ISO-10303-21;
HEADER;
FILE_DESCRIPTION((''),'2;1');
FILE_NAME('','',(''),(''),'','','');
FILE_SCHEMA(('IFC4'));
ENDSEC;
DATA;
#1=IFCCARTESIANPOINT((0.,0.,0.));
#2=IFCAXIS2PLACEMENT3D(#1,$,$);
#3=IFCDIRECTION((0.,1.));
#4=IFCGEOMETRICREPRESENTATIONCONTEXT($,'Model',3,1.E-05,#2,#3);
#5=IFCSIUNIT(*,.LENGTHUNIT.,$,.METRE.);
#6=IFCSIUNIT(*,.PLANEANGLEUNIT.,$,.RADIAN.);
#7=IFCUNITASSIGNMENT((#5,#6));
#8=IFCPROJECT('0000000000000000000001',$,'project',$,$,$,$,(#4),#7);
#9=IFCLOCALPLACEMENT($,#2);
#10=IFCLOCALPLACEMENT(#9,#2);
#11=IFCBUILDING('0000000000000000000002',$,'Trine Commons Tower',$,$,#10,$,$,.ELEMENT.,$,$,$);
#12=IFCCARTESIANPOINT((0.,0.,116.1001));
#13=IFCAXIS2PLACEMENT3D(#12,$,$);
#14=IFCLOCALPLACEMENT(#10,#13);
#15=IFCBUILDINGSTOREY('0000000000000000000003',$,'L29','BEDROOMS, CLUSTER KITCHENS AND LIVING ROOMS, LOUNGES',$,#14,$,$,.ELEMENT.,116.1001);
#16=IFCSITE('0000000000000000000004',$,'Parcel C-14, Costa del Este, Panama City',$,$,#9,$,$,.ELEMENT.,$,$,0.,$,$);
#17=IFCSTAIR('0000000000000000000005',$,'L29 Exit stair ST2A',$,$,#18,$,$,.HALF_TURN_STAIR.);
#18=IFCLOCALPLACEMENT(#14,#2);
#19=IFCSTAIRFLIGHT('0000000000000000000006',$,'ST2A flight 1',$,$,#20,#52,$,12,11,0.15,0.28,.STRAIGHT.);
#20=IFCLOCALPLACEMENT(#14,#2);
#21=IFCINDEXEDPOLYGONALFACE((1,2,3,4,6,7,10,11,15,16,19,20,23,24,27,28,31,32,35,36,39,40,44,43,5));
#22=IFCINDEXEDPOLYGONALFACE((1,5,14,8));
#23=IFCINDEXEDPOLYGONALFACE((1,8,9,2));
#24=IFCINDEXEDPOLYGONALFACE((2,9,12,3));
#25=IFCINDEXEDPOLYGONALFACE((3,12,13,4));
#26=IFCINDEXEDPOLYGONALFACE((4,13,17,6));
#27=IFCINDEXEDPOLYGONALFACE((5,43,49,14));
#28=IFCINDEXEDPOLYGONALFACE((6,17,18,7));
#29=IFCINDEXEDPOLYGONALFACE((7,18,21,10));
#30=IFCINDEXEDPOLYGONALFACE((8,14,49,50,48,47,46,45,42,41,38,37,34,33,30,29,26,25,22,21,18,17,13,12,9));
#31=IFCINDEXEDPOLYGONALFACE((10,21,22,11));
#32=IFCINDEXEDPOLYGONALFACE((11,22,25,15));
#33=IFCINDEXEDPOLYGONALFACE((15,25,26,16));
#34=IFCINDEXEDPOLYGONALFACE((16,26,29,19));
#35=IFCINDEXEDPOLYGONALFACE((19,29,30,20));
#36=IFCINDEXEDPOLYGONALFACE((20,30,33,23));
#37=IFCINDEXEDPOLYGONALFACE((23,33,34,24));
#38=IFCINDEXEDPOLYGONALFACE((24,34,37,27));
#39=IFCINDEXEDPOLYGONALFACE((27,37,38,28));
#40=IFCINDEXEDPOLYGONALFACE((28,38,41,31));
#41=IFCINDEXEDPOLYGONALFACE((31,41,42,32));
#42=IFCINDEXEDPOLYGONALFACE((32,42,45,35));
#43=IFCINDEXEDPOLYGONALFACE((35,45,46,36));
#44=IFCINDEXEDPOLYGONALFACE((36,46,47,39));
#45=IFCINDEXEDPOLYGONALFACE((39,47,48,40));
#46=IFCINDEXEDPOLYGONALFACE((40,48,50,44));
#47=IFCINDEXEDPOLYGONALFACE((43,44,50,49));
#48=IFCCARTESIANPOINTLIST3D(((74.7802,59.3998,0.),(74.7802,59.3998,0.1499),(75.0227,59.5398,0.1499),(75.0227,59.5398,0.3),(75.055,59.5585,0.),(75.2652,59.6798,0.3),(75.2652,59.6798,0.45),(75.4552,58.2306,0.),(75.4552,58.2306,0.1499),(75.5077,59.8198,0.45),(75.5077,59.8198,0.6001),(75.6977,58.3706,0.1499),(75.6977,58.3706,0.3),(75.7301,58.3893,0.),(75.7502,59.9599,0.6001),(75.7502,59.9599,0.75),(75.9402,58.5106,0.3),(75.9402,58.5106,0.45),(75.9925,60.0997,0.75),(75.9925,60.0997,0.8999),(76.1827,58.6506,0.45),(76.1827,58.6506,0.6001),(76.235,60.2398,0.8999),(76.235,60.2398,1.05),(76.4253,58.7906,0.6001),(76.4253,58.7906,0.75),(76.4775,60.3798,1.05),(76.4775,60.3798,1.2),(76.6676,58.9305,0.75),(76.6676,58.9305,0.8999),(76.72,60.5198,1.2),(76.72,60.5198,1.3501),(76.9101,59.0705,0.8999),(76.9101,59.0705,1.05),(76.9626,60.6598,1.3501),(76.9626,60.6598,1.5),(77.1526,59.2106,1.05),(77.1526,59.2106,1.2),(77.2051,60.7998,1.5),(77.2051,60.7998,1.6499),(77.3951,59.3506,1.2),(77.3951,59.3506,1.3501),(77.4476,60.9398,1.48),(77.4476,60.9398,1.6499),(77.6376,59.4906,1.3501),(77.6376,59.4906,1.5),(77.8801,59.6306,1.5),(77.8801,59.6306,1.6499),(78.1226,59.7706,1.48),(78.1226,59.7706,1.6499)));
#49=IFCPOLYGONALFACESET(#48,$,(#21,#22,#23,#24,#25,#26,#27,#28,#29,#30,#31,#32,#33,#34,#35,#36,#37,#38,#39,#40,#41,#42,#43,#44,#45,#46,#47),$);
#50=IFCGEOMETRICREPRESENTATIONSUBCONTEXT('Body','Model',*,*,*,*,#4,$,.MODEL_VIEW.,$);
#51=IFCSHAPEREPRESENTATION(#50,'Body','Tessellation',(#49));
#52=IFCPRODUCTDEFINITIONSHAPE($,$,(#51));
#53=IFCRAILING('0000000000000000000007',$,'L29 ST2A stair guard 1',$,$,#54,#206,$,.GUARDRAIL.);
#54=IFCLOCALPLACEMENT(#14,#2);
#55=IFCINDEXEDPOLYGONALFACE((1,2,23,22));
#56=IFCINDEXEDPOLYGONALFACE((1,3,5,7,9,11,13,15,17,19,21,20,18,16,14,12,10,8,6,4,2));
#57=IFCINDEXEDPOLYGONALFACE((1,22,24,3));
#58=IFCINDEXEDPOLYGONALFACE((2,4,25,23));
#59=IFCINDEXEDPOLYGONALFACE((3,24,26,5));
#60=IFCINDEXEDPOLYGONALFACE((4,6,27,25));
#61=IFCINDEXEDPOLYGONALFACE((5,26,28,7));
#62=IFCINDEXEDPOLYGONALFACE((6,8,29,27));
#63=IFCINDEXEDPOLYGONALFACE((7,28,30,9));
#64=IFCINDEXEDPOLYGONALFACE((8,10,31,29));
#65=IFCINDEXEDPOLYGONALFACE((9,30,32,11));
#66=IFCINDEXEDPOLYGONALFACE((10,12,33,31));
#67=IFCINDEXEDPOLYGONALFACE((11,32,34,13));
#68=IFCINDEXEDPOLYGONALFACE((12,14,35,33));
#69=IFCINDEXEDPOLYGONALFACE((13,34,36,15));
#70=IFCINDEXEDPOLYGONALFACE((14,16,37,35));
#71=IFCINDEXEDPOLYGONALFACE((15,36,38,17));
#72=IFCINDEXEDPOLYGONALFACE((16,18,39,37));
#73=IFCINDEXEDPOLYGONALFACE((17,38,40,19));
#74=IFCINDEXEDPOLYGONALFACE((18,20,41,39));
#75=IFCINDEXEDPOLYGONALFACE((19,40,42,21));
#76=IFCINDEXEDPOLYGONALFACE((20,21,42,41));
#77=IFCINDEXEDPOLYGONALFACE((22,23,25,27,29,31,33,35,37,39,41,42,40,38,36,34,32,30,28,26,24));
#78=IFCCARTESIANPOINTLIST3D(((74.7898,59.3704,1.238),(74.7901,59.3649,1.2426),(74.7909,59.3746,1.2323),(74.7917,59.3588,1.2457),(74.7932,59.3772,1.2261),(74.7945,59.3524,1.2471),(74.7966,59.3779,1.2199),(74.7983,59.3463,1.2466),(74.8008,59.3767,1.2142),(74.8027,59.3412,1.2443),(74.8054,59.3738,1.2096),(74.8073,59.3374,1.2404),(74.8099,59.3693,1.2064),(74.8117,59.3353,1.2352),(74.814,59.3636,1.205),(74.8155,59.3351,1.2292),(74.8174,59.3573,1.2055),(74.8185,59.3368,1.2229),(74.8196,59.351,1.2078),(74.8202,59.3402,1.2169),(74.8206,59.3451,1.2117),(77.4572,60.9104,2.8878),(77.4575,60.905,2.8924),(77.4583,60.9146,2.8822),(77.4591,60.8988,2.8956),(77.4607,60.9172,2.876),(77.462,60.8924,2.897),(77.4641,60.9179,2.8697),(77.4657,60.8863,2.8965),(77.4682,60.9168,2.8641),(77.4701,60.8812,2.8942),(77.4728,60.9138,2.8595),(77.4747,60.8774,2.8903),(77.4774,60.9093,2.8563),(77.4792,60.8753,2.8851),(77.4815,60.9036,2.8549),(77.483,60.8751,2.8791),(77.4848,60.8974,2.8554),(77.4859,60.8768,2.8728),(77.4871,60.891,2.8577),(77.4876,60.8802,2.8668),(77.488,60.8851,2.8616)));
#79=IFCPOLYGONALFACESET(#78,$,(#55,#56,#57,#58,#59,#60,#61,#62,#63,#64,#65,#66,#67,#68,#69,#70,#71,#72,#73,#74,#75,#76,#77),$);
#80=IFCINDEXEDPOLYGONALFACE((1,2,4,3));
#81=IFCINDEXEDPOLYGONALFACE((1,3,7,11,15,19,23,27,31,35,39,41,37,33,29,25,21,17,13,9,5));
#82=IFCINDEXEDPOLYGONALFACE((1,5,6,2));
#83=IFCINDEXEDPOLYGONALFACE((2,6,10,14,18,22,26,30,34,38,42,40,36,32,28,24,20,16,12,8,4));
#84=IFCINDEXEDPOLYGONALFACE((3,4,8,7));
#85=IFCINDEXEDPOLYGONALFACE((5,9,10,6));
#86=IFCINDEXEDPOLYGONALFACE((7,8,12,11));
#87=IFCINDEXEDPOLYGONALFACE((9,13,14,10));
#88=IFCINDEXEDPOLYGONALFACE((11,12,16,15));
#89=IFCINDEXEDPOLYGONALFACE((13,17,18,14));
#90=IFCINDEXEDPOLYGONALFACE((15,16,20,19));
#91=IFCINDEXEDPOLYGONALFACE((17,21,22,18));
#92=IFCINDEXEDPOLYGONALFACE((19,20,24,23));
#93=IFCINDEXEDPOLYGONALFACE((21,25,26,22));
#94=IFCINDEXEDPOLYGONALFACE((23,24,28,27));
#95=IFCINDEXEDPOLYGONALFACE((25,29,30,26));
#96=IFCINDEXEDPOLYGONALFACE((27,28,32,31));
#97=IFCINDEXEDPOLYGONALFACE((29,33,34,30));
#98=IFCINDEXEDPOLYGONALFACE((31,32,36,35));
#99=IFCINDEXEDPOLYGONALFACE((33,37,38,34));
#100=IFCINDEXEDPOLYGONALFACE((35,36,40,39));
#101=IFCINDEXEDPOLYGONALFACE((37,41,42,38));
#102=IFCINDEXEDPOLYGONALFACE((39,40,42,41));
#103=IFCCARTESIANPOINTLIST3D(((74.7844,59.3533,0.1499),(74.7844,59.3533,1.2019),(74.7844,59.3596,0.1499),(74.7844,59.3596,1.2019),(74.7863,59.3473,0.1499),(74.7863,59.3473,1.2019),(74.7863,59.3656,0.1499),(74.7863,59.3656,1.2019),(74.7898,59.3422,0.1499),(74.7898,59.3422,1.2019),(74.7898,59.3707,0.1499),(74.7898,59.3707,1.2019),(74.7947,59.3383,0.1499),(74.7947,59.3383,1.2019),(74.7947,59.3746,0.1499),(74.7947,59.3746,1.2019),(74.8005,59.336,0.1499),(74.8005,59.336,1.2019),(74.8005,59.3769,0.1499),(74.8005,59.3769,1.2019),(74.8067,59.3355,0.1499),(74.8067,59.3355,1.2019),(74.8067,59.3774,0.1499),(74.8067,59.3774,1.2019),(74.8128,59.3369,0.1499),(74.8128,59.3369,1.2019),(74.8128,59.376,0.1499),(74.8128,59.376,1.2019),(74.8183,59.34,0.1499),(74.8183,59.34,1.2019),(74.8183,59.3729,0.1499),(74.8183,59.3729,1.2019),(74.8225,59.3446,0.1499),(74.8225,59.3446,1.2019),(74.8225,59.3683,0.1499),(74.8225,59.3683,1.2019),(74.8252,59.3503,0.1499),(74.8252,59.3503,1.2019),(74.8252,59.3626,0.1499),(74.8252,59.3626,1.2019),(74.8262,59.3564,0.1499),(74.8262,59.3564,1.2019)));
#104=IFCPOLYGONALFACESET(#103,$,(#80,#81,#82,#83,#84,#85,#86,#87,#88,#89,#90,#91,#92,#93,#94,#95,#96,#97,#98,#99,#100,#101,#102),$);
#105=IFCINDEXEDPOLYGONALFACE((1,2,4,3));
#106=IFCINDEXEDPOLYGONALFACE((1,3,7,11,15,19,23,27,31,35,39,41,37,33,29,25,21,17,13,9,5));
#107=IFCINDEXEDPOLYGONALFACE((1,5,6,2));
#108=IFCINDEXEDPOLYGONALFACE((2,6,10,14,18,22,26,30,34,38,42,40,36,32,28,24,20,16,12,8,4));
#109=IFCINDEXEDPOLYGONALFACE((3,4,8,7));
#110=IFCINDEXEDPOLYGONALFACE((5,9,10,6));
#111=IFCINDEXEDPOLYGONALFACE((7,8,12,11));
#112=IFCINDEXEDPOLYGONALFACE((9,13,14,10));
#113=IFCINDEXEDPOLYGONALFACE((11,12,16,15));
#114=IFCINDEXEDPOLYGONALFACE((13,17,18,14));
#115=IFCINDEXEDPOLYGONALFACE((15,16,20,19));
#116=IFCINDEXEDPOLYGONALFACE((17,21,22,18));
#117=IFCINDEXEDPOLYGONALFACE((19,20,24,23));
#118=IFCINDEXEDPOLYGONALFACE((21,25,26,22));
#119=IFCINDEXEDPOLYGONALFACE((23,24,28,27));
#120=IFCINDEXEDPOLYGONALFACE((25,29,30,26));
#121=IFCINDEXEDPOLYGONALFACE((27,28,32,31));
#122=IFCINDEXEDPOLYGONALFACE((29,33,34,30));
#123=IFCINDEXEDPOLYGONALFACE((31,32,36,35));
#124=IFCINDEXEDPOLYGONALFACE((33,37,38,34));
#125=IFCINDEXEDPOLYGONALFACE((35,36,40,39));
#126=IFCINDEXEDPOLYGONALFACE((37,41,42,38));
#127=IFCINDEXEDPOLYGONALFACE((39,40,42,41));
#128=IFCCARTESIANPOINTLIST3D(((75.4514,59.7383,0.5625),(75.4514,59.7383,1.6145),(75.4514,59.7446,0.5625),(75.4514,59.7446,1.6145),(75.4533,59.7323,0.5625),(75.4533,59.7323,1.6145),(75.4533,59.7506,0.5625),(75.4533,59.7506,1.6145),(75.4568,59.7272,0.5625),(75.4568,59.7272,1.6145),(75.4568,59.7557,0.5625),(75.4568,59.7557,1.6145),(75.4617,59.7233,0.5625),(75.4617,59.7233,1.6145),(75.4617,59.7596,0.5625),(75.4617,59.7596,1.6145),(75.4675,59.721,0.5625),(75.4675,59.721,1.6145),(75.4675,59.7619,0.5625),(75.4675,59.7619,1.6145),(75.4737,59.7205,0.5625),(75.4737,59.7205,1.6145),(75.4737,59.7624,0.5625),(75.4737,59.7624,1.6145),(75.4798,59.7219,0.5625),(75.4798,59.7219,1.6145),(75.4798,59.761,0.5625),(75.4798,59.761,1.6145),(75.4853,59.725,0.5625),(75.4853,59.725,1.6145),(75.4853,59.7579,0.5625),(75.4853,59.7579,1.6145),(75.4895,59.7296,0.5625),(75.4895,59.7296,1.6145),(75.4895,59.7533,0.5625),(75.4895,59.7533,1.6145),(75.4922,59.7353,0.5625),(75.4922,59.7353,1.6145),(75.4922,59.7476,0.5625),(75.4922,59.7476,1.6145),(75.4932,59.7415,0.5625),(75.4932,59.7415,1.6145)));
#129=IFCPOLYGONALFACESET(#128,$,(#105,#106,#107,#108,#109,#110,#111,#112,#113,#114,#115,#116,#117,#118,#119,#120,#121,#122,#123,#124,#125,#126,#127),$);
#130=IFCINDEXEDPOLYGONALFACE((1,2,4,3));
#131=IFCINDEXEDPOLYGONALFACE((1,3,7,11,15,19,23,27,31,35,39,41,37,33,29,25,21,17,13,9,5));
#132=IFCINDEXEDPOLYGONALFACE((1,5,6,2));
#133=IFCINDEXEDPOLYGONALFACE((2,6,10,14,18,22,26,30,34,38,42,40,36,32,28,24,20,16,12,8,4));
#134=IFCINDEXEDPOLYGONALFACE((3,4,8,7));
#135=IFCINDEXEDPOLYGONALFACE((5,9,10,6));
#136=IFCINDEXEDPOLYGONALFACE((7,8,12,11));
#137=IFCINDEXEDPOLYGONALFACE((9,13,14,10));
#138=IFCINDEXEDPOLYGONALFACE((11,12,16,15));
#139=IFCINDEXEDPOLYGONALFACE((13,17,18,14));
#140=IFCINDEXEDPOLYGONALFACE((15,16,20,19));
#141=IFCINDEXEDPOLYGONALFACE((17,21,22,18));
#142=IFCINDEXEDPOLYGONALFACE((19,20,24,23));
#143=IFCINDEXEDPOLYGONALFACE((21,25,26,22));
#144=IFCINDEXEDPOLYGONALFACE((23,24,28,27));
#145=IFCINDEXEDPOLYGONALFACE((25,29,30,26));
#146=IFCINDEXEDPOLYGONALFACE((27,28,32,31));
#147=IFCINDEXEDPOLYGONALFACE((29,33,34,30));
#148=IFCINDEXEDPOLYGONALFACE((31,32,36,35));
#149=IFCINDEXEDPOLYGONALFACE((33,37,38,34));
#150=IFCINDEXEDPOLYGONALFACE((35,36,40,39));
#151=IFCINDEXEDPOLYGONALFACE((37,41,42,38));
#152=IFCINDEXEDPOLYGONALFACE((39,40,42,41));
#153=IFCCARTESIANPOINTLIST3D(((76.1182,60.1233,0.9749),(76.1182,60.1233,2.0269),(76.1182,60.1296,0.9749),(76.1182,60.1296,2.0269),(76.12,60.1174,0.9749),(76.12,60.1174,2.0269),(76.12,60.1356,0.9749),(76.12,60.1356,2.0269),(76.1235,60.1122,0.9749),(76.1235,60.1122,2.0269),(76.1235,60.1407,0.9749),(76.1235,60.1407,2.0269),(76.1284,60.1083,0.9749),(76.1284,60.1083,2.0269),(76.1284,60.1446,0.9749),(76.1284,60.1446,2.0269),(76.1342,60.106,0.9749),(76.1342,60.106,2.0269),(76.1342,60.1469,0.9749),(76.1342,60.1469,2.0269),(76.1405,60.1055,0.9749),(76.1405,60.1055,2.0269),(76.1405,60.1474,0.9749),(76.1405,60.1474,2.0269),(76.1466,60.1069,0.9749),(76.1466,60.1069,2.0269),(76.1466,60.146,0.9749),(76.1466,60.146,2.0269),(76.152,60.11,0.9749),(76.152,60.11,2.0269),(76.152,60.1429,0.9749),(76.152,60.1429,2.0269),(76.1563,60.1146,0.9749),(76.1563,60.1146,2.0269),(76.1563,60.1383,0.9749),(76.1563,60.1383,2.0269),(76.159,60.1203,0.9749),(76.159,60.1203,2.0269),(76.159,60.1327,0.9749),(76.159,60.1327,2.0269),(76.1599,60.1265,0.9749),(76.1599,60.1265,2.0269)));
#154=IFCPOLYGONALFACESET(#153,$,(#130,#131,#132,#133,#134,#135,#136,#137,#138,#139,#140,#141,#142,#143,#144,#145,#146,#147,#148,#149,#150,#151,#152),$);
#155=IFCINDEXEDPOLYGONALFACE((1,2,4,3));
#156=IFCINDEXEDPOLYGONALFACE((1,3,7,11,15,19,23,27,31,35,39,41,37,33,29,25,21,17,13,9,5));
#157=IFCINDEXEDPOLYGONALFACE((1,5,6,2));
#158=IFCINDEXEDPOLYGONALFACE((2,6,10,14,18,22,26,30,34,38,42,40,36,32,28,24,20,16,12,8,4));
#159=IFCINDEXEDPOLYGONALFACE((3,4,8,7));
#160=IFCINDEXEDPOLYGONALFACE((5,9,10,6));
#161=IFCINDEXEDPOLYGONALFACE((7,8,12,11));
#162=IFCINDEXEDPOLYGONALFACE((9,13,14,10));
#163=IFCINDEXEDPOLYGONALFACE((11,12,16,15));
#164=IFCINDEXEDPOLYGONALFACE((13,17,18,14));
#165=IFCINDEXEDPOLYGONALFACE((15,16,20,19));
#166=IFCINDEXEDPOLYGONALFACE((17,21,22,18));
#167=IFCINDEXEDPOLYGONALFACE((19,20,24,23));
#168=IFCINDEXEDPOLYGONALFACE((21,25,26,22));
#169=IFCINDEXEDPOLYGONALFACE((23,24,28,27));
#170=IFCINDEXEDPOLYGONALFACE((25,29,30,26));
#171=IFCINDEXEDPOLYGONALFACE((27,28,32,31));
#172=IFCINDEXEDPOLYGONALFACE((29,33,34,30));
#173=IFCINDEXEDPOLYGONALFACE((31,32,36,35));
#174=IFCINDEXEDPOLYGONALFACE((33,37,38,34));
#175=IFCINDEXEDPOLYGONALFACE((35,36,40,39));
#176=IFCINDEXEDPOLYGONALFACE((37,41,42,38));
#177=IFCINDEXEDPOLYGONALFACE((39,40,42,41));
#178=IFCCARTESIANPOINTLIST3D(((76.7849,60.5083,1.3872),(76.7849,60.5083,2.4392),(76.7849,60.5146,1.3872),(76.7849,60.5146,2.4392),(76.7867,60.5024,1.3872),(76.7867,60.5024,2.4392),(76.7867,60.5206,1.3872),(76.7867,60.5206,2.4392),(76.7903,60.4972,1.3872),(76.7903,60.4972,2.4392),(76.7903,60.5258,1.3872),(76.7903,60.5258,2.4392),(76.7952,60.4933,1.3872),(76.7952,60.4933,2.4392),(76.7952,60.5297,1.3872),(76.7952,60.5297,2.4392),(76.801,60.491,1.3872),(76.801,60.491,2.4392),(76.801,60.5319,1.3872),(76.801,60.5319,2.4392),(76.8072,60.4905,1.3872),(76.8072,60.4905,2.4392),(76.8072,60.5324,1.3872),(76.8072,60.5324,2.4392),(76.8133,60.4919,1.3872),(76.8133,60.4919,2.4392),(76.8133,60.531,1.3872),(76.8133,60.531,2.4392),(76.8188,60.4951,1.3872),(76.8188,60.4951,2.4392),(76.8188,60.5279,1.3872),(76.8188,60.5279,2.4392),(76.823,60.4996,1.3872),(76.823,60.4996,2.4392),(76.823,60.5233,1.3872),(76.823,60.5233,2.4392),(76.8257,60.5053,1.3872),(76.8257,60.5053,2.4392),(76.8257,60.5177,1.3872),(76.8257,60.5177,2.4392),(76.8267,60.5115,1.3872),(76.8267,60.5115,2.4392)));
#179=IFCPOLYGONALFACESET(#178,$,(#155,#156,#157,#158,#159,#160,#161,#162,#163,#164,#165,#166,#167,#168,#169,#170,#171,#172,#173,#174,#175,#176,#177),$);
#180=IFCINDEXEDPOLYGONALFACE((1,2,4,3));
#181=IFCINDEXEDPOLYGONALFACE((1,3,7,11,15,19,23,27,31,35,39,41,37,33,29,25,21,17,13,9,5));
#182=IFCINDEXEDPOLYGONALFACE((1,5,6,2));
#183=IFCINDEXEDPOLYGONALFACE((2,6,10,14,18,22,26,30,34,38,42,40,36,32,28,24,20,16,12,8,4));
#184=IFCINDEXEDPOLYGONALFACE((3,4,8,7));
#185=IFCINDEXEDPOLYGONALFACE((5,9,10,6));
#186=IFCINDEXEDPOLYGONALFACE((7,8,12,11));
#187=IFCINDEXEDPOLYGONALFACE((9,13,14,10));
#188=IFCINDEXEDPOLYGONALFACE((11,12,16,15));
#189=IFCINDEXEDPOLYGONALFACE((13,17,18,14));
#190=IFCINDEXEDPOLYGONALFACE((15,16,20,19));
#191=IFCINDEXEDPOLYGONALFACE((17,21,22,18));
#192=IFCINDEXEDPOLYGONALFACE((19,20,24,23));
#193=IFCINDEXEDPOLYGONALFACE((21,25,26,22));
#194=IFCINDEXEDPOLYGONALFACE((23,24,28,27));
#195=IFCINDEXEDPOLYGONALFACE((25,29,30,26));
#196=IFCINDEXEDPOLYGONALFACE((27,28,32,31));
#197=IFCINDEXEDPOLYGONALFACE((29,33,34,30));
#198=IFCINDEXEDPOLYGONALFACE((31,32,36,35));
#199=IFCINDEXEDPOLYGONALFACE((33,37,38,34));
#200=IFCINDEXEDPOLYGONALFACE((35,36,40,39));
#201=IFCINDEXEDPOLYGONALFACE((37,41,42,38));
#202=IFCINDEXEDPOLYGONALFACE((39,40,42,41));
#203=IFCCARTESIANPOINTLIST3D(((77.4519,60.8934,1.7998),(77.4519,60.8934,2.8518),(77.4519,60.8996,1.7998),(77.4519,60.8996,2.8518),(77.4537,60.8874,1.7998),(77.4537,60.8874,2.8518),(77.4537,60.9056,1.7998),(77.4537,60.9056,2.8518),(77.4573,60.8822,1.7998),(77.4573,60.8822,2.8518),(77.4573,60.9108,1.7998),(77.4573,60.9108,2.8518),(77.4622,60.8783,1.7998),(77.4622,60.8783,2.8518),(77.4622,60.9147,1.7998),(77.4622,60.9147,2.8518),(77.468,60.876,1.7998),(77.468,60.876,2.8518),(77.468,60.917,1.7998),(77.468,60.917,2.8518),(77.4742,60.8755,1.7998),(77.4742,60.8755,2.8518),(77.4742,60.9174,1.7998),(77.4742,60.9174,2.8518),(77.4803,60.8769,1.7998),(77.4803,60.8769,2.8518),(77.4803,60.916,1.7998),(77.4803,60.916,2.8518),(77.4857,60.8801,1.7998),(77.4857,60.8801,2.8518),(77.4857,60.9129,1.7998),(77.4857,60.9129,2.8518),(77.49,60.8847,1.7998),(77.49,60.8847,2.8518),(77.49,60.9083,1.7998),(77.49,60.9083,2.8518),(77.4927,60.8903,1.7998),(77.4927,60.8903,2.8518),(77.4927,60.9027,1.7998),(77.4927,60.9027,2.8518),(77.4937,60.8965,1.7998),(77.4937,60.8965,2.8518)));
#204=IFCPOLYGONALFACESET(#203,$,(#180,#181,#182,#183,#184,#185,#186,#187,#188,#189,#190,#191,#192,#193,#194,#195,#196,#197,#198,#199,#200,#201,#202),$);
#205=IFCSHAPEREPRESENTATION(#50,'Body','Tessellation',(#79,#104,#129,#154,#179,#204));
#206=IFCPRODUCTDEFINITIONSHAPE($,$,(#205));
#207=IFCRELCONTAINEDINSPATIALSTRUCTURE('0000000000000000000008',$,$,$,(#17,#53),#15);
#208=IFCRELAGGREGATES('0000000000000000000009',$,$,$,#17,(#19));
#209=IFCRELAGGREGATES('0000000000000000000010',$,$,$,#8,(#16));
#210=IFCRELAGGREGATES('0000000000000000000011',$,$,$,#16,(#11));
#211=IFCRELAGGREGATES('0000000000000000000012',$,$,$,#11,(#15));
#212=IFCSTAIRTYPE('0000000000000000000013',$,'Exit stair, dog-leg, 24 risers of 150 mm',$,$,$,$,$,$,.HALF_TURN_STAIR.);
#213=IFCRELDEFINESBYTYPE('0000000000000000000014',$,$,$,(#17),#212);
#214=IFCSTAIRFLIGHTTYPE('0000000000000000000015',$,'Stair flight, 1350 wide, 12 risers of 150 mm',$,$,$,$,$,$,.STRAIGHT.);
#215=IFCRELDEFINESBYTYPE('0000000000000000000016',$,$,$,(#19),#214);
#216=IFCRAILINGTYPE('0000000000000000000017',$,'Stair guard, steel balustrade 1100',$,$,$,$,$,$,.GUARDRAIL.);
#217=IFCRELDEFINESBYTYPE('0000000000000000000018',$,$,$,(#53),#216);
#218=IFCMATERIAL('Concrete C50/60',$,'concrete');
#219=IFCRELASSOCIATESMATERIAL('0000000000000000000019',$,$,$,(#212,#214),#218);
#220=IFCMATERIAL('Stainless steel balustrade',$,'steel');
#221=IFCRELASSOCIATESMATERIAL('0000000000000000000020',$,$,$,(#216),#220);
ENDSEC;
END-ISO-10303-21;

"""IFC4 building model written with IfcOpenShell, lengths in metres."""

from ifc_helpers import new_model, si_unit, direction, frame, origin, origin_2d, place, context, subcontext, project, spatial, polyline, circle, outline, extrude, material, type_object, element, aggregate, save


model = new_model("IFC4")

# Units and contexts
model_context = context("Model", 3, precision=1e-05, world=origin(), true_north=direction((0.0, 1.0)))
body_context = subcontext(model_context, "Body", "Model", "MODEL_VIEW")
ifc_project = project(units=[si_unit("LENGTHUNIT", "METRE"), si_unit("PLANEANGLEUNIT", "RADIAN")], contexts=[model_context])

# Site, building, storey
site_placement = place(None, origin())
site = spatial("IfcSite", under=ifc_project, at=site_placement, Name="Parcel C-14, Costa del Este, Panama City", CompositionType="ELEMENT", RefElevation=0.0)
building_placement = place(site_placement, origin())
building = spatial("IfcBuilding", under=site, at=building_placement, Name="Trine Commons Tower", CompositionType="ELEMENT")
storey_placement = place(building_placement, frame((0.0, 0.0, 116.1001)))
storey = spatial("IfcBuildingStorey", under=building, at=storey_placement, Name="L29", Description="BEDROOMS, CLUSTER KITCHENS AND LIVING ROOMS, LOUNGES", CompositionType="ELEMENT", Elevation=116.1001)

# Stair, stair flight
ifc_material_1 = material(Name="Concrete C50/60", Category="concrete")
stair_type = type_object("IfcStairType", Name="Exit stair, dog-leg, 24 risers of 150 mm", PredefinedType="HALF_TURN_STAIR", material=ifc_material_1)
stair_placement = place(storey_placement, origin())
stair = element("IfcStair", 1, at=stair_placement, inside=storey, type_object=stair_type, Name="L29 Exit stair ST2A", PredefinedType="HALF_TURN_STAIR")
stair_flight_type = type_object("IfcStairFlightType", Name="Stair flight, 1350 wide, 12 risers of 150 mm", PredefinedType="STRAIGHT", material=ifc_material_1)
stair_flight_placement = place(storey_placement, frame((75.1177, 58.8152, 0.0), z_axis=(0.0, 0.0, 1.0), x_axis=(0.866025, 0.5, 0.0)))
stair_flight = element("IfcStairFlight", 2, at=stair_flight_placement, type_object=stair_flight_type, Name="ST2A flight 1", NumberOfRisers=12, NumberOfTreads=11, PredefinedType="STRAIGHT", RiserHeight=0.15, TreadLength=0.28, context=body_context, shape_type="SweptSolid", body=[
    extrude(outline(polyline([(0.0, 0.0), (0.0, 0.1499), (0.28, 0.1499), (0.28, 0.3), (0.5601, 0.3), (0.5601, 0.45), (0.8401, 0.45), (0.8401, 0.6001), (1.1201, 0.6001), (1.1201, 0.75), (1.3999, 0.75), (1.3999, 0.8999), (1.6799, 0.8999), (1.6799, 1.05), (1.96, 1.05), (1.96, 1.2), (2.24, 1.2), (2.24, 1.3501), (2.52, 1.3501), (2.52, 1.5), (2.8, 1.5), (2.8, 1.6499), (3.0801, 1.6499), (3.0801, 1.8), (3.0801, 1.48), (0.3174, 0.0), (0.0, 0.0)])), frame((0.0, 0.675, 0.0), z_axis=(0.0, -1.0, 0.0), x_axis=(1.0, 0.0, 0.0)), (0.0, 0.0, 1.0), 1.3501),
])
aggregate(stair, [stair_flight])

# Railing
ifc_material_2 = material(Name="Stainless steel balustrade", Category="steel")
railing_type_1 = type_object("IfcRailingType", Name="Stair guard, steel balustrade 1100", PredefinedType="GUARDRAIL", material=ifc_material_2)
railing_1_placement = place(storey_placement, frame((74.8052, 59.3564, 0.1499)))
element("IfcRailing", 3, at=railing_1_placement, inside=storey, type_object=railing_type_1, Name="L29 ST2A stair guard 1", PredefinedType="GUARDRAIL", context=body_context, shape_type="SweptSolid", body=[
    extrude(circle(Radius=0.0239, at=origin_2d()), frame((0.0, 0.0, 1.0762), z_axis=(0.763405, 0.440743, 0.472185), x_axis=(-0.499992, 0.86603, 0.0)), (0.0, 0.0, 1.0), 3.4941),
    extrude(circle(Radius=0.021, at=origin_2d()), origin(), (0.0, 0.0, 1.0), 1.052),
    extrude(circle(Radius=0.021, at=origin_2d()), frame((0.667, 0.385, 0.4126)), (0.0, 0.0, 1.0), 1.052),
    extrude(circle(Radius=0.021, at=origin_2d()), frame((1.3337, 0.77, 0.825)), (0.0, 0.0, 1.0), 1.052),
    extrude(circle(Radius=0.021, at=origin_2d()), frame((2.0005, 1.155, 1.2373)), (0.0, 0.0, 1.0), 1.052),
    extrude(circle(Radius=0.021, at=origin_2d()), frame((2.6675, 1.54, 1.6499)), (0.0, 0.0, 1.0), 1.052),
])

save(model, "model.ifc")
